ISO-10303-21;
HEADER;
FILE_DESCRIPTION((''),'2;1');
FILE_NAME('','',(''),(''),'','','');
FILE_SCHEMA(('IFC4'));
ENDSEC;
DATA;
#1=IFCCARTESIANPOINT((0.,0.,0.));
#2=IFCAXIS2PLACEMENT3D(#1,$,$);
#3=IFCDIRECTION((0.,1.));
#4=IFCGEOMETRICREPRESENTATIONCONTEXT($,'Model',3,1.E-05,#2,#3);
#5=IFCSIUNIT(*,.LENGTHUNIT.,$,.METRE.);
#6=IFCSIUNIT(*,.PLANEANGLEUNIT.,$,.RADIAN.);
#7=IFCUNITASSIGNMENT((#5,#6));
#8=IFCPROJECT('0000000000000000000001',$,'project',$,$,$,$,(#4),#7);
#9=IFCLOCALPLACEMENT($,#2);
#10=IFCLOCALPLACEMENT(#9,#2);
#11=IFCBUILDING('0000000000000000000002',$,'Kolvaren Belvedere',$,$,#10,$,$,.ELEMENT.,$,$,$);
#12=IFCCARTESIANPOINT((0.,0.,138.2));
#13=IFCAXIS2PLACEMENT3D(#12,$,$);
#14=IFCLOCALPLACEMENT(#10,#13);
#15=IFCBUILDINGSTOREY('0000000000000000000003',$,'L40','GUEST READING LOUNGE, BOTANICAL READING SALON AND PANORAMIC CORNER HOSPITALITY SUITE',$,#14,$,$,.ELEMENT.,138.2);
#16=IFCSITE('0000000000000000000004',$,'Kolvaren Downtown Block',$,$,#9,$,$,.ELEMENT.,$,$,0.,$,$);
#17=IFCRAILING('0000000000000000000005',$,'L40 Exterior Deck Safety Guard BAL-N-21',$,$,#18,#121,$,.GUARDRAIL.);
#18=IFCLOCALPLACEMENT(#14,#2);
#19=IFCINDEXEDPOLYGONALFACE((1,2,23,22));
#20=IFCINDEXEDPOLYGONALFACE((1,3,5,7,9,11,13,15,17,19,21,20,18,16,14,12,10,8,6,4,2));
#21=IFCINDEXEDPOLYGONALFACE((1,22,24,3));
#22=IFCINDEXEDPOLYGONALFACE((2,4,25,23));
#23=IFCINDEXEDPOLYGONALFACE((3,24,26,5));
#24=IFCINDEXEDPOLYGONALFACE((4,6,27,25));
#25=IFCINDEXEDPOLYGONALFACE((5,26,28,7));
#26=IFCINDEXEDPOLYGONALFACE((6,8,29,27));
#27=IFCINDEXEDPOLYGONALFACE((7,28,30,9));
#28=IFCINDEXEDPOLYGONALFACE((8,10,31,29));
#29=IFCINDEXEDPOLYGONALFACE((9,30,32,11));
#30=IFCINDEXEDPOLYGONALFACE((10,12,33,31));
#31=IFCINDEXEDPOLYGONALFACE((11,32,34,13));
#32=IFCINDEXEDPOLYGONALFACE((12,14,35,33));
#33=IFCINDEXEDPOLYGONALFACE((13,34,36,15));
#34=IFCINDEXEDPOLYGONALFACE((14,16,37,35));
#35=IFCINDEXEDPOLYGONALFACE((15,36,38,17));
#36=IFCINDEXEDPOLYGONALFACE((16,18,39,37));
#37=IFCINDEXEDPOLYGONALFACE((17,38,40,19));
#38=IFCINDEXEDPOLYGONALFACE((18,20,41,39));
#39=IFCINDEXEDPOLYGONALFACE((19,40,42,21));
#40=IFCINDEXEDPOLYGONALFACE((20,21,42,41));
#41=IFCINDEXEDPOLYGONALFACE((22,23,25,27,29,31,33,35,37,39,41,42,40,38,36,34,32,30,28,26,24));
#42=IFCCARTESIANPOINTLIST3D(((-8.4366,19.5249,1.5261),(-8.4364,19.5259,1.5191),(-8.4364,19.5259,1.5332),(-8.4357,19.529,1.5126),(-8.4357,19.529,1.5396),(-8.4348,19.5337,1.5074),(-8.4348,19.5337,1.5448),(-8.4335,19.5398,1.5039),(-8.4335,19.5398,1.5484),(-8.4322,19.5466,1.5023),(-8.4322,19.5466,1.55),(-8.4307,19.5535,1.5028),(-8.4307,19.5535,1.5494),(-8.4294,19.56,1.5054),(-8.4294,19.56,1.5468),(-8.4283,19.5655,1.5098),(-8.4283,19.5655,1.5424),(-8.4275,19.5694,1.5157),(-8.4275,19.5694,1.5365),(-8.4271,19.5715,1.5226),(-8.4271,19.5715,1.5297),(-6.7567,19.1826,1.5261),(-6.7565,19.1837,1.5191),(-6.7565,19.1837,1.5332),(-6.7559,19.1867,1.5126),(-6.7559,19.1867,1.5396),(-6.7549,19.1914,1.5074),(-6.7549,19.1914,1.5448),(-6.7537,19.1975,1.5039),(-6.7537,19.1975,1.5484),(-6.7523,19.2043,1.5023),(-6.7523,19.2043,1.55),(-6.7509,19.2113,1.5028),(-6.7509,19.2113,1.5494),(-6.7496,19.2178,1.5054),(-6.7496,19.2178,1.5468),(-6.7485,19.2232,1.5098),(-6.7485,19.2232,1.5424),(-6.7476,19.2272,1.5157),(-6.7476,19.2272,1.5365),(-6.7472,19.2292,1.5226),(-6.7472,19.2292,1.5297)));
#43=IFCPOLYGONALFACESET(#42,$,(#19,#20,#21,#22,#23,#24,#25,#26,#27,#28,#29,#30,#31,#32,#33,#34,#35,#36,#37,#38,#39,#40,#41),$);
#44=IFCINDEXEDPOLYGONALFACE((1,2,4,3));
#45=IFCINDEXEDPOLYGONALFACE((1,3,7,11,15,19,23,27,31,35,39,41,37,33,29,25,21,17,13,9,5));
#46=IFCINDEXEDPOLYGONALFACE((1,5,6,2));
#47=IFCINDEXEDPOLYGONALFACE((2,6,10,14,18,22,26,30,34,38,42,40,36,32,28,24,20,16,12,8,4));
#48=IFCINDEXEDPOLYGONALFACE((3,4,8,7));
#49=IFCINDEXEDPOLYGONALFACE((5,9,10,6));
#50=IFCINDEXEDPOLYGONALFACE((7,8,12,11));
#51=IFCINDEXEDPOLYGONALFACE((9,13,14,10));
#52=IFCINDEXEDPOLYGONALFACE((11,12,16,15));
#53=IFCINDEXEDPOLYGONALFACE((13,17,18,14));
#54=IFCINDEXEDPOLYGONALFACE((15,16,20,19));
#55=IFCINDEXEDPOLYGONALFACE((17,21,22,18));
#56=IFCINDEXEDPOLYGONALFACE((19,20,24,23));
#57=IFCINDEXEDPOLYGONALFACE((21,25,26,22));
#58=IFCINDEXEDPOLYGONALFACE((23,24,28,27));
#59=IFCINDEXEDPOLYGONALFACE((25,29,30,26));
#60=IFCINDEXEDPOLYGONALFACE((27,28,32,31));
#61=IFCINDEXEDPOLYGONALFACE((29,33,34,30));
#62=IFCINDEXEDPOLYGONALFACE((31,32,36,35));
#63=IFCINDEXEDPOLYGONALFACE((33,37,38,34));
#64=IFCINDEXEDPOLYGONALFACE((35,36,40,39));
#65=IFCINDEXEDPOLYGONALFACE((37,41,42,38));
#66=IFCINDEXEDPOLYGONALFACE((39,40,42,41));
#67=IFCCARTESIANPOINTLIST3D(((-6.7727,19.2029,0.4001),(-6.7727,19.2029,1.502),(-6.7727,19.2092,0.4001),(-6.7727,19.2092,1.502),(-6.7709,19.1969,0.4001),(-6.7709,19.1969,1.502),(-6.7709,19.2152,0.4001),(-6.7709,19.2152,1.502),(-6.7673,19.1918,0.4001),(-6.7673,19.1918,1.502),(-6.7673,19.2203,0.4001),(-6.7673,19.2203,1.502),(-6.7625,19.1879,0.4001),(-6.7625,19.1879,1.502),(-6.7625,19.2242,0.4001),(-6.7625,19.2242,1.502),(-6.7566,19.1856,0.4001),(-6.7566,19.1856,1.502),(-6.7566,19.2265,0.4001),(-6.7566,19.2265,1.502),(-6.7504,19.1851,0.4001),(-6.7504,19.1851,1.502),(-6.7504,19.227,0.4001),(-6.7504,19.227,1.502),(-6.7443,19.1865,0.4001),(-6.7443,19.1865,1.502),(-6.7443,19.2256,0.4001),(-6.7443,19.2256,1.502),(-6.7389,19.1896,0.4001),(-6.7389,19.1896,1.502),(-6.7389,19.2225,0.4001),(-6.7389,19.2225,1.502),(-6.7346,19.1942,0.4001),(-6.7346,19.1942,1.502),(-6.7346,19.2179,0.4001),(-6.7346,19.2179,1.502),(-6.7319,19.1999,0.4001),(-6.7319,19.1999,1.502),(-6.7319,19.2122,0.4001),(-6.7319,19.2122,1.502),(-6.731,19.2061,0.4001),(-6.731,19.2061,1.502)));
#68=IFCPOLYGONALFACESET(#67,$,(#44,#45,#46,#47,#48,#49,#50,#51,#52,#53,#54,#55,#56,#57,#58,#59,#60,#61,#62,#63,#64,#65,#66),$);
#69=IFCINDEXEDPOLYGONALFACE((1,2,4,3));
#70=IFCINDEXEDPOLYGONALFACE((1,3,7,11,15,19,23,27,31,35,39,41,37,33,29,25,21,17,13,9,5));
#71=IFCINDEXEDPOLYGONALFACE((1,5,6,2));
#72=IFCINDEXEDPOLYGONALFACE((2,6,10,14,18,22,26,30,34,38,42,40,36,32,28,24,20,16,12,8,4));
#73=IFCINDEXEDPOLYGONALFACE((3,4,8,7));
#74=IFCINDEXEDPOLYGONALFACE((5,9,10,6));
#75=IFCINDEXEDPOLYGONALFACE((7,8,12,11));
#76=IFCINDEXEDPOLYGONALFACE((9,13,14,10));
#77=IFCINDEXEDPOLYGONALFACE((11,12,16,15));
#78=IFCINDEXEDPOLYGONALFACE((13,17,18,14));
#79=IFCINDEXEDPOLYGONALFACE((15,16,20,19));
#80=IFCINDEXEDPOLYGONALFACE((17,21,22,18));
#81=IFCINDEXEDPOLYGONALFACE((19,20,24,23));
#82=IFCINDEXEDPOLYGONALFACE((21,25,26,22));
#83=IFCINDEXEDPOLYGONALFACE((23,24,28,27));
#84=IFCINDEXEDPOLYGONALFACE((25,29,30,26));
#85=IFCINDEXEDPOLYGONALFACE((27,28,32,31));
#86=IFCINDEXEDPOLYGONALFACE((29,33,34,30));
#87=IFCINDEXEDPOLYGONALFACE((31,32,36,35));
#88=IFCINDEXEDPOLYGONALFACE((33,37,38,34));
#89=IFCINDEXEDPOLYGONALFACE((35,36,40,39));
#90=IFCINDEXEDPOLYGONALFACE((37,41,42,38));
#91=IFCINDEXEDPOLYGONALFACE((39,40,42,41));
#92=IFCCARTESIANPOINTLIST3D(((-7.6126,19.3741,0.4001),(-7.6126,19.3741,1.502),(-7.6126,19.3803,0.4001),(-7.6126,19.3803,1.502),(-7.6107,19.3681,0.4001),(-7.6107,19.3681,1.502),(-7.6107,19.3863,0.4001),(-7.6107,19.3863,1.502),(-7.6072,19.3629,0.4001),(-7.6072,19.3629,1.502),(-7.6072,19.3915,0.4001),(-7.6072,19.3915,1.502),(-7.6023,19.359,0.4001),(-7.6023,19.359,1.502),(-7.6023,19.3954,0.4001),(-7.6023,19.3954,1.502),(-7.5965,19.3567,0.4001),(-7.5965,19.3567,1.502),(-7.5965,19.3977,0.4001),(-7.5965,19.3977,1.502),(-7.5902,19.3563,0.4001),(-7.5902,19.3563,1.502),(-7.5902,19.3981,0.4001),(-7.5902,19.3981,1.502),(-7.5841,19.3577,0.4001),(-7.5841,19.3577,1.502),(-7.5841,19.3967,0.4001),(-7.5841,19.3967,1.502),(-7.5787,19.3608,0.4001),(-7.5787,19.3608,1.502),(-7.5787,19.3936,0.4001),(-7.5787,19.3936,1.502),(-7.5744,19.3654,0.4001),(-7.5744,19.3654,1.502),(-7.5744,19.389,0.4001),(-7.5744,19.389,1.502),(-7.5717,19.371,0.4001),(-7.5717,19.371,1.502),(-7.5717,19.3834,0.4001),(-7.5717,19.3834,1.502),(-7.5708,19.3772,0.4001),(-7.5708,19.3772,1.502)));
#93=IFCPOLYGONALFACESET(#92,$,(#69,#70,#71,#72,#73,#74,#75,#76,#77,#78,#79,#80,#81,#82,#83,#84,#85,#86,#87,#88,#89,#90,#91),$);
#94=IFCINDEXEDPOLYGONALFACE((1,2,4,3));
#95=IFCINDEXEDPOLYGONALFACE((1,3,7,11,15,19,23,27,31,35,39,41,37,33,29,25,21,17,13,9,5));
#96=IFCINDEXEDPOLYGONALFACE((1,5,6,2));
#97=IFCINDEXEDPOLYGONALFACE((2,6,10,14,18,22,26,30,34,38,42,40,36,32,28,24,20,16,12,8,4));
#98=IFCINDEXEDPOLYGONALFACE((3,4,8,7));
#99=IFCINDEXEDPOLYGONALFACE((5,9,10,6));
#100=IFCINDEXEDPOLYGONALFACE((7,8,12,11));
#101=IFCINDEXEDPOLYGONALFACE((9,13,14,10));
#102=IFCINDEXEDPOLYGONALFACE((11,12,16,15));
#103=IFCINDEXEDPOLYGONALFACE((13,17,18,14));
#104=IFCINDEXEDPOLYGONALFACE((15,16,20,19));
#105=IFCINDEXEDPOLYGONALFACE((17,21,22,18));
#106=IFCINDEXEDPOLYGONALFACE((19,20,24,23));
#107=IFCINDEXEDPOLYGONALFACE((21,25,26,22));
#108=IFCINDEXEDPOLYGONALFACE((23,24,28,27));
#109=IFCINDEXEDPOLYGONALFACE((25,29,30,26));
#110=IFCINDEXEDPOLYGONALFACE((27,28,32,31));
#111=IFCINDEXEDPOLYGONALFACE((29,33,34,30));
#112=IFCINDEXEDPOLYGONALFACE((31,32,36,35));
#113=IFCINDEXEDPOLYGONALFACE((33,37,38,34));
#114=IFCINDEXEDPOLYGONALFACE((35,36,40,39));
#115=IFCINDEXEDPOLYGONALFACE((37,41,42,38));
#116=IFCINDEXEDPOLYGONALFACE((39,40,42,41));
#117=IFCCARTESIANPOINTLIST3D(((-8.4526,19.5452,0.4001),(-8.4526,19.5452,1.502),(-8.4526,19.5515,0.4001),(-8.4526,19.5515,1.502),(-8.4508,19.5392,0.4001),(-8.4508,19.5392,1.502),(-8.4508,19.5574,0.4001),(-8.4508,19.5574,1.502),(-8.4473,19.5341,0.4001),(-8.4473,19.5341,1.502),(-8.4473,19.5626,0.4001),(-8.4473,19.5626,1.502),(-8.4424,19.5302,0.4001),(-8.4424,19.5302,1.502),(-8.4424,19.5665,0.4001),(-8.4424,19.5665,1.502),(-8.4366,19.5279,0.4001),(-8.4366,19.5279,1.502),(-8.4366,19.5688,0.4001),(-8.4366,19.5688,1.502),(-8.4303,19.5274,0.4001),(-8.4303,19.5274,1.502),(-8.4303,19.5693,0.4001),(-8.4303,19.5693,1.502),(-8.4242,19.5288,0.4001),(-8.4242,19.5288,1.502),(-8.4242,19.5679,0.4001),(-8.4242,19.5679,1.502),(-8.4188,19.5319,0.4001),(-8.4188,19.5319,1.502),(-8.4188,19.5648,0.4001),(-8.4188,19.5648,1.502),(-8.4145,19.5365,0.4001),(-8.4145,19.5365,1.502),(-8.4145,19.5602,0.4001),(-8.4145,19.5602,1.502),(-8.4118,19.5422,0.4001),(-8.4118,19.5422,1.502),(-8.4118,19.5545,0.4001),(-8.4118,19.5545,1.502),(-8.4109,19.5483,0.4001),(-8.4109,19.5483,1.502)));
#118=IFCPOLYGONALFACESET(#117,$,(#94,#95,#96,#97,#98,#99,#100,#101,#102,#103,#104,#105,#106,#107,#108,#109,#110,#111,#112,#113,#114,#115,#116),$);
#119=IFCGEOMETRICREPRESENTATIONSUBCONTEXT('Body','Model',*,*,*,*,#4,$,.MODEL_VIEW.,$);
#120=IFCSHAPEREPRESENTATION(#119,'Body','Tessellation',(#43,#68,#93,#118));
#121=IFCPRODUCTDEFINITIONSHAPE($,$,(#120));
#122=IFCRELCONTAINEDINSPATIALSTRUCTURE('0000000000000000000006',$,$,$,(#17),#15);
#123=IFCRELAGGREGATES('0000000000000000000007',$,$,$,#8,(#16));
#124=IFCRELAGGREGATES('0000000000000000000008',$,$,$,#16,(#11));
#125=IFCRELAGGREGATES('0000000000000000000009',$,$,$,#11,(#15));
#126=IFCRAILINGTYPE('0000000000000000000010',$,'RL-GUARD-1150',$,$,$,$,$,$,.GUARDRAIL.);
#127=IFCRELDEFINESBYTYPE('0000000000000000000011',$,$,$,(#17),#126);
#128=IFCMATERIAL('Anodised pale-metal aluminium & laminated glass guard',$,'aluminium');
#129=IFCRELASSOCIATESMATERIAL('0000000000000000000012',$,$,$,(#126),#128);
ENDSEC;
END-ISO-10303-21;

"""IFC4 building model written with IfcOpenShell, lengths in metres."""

from ifc_helpers import new_model, si_unit, direction, frame, origin, origin_2d, place, context, subcontext, project, spatial, circle, extrude, material, type_object, element, save


model = new_model("IFC4")

# Units and contexts
model_context = context("Model", 3, precision=1e-05, world=origin(), true_north=direction((0.0, 1.0)))
body_context = subcontext(model_context, "Body", "Model", "MODEL_VIEW")
ifc_project = project(units=[si_unit("LENGTHUNIT", "METRE"), si_unit("PLANEANGLEUNIT", "RADIAN")], contexts=[model_context])

# Site, building, storey
site_placement = place(None, origin())
site = spatial("IfcSite", under=ifc_project, at=site_placement, Name="Kolvaren Downtown Block", CompositionType="ELEMENT", RefElevation=0.0)
building_placement = place(site_placement, origin())
building = spatial("IfcBuilding", under=site, at=building_placement, Name="Kolvaren Belvedere", CompositionType="ELEMENT")
storey_placement = place(building_placement, frame((0.0, 0.0, 138.2)))
storey = spatial("IfcBuildingStorey", under=building, at=storey_placement, Name="L40", Description="GUEST READING LOUNGE, BOTANICAL READING SALON AND PANORAMIC CORNER HOSPITALITY SUITE", CompositionType="ELEMENT", Elevation=138.2)

# Railing
ifc_material_1 = material(Name="Anodised pale-metal aluminium & laminated glass guard", Category="aluminium")
railing_type = type_object("IfcRailingType", Name="RL-GUARD-1150", PredefinedType="GUARDRAIL", material=ifc_material_1)
railing_1_placement = place(storey_placement, frame((-6.752, 19.2061, 0.4001)))
element("IfcRailing", 1, at=railing_1_placement, inside=storey, type_object=railing_type, Name="L40 Exterior Deck Safety Guard BAL-N-21", PredefinedType="GUARDRAIL", context=body_context, shape_type="SweptSolid", body=[
    extrude(circle(Radius=0.0239, at=origin_2d()), frame((0.0, 0.0, 1.126), z_axis=(-0.979868, 0.199648, 0.0), x_axis=(-0.199648, -0.979868, 0.0)), (0.0, 0.0, 1.0), 1.7144),
    extrude(circle(Radius=0.021, at=origin_2d()), origin(), (0.0, 0.0, 1.0), 1.1018),
    extrude(circle(Radius=0.021, at=origin_2d()), frame((-0.8398, 0.1711, 0.0)), (0.0, 0.0, 1.0), 1.1018),
    extrude(circle(Radius=0.021, at=origin_2d()), frame((-1.6799, 0.3423, 0.0)), (0.0, 0.0, 1.0), 1.1018),
])

save(model, "model.ifc")
